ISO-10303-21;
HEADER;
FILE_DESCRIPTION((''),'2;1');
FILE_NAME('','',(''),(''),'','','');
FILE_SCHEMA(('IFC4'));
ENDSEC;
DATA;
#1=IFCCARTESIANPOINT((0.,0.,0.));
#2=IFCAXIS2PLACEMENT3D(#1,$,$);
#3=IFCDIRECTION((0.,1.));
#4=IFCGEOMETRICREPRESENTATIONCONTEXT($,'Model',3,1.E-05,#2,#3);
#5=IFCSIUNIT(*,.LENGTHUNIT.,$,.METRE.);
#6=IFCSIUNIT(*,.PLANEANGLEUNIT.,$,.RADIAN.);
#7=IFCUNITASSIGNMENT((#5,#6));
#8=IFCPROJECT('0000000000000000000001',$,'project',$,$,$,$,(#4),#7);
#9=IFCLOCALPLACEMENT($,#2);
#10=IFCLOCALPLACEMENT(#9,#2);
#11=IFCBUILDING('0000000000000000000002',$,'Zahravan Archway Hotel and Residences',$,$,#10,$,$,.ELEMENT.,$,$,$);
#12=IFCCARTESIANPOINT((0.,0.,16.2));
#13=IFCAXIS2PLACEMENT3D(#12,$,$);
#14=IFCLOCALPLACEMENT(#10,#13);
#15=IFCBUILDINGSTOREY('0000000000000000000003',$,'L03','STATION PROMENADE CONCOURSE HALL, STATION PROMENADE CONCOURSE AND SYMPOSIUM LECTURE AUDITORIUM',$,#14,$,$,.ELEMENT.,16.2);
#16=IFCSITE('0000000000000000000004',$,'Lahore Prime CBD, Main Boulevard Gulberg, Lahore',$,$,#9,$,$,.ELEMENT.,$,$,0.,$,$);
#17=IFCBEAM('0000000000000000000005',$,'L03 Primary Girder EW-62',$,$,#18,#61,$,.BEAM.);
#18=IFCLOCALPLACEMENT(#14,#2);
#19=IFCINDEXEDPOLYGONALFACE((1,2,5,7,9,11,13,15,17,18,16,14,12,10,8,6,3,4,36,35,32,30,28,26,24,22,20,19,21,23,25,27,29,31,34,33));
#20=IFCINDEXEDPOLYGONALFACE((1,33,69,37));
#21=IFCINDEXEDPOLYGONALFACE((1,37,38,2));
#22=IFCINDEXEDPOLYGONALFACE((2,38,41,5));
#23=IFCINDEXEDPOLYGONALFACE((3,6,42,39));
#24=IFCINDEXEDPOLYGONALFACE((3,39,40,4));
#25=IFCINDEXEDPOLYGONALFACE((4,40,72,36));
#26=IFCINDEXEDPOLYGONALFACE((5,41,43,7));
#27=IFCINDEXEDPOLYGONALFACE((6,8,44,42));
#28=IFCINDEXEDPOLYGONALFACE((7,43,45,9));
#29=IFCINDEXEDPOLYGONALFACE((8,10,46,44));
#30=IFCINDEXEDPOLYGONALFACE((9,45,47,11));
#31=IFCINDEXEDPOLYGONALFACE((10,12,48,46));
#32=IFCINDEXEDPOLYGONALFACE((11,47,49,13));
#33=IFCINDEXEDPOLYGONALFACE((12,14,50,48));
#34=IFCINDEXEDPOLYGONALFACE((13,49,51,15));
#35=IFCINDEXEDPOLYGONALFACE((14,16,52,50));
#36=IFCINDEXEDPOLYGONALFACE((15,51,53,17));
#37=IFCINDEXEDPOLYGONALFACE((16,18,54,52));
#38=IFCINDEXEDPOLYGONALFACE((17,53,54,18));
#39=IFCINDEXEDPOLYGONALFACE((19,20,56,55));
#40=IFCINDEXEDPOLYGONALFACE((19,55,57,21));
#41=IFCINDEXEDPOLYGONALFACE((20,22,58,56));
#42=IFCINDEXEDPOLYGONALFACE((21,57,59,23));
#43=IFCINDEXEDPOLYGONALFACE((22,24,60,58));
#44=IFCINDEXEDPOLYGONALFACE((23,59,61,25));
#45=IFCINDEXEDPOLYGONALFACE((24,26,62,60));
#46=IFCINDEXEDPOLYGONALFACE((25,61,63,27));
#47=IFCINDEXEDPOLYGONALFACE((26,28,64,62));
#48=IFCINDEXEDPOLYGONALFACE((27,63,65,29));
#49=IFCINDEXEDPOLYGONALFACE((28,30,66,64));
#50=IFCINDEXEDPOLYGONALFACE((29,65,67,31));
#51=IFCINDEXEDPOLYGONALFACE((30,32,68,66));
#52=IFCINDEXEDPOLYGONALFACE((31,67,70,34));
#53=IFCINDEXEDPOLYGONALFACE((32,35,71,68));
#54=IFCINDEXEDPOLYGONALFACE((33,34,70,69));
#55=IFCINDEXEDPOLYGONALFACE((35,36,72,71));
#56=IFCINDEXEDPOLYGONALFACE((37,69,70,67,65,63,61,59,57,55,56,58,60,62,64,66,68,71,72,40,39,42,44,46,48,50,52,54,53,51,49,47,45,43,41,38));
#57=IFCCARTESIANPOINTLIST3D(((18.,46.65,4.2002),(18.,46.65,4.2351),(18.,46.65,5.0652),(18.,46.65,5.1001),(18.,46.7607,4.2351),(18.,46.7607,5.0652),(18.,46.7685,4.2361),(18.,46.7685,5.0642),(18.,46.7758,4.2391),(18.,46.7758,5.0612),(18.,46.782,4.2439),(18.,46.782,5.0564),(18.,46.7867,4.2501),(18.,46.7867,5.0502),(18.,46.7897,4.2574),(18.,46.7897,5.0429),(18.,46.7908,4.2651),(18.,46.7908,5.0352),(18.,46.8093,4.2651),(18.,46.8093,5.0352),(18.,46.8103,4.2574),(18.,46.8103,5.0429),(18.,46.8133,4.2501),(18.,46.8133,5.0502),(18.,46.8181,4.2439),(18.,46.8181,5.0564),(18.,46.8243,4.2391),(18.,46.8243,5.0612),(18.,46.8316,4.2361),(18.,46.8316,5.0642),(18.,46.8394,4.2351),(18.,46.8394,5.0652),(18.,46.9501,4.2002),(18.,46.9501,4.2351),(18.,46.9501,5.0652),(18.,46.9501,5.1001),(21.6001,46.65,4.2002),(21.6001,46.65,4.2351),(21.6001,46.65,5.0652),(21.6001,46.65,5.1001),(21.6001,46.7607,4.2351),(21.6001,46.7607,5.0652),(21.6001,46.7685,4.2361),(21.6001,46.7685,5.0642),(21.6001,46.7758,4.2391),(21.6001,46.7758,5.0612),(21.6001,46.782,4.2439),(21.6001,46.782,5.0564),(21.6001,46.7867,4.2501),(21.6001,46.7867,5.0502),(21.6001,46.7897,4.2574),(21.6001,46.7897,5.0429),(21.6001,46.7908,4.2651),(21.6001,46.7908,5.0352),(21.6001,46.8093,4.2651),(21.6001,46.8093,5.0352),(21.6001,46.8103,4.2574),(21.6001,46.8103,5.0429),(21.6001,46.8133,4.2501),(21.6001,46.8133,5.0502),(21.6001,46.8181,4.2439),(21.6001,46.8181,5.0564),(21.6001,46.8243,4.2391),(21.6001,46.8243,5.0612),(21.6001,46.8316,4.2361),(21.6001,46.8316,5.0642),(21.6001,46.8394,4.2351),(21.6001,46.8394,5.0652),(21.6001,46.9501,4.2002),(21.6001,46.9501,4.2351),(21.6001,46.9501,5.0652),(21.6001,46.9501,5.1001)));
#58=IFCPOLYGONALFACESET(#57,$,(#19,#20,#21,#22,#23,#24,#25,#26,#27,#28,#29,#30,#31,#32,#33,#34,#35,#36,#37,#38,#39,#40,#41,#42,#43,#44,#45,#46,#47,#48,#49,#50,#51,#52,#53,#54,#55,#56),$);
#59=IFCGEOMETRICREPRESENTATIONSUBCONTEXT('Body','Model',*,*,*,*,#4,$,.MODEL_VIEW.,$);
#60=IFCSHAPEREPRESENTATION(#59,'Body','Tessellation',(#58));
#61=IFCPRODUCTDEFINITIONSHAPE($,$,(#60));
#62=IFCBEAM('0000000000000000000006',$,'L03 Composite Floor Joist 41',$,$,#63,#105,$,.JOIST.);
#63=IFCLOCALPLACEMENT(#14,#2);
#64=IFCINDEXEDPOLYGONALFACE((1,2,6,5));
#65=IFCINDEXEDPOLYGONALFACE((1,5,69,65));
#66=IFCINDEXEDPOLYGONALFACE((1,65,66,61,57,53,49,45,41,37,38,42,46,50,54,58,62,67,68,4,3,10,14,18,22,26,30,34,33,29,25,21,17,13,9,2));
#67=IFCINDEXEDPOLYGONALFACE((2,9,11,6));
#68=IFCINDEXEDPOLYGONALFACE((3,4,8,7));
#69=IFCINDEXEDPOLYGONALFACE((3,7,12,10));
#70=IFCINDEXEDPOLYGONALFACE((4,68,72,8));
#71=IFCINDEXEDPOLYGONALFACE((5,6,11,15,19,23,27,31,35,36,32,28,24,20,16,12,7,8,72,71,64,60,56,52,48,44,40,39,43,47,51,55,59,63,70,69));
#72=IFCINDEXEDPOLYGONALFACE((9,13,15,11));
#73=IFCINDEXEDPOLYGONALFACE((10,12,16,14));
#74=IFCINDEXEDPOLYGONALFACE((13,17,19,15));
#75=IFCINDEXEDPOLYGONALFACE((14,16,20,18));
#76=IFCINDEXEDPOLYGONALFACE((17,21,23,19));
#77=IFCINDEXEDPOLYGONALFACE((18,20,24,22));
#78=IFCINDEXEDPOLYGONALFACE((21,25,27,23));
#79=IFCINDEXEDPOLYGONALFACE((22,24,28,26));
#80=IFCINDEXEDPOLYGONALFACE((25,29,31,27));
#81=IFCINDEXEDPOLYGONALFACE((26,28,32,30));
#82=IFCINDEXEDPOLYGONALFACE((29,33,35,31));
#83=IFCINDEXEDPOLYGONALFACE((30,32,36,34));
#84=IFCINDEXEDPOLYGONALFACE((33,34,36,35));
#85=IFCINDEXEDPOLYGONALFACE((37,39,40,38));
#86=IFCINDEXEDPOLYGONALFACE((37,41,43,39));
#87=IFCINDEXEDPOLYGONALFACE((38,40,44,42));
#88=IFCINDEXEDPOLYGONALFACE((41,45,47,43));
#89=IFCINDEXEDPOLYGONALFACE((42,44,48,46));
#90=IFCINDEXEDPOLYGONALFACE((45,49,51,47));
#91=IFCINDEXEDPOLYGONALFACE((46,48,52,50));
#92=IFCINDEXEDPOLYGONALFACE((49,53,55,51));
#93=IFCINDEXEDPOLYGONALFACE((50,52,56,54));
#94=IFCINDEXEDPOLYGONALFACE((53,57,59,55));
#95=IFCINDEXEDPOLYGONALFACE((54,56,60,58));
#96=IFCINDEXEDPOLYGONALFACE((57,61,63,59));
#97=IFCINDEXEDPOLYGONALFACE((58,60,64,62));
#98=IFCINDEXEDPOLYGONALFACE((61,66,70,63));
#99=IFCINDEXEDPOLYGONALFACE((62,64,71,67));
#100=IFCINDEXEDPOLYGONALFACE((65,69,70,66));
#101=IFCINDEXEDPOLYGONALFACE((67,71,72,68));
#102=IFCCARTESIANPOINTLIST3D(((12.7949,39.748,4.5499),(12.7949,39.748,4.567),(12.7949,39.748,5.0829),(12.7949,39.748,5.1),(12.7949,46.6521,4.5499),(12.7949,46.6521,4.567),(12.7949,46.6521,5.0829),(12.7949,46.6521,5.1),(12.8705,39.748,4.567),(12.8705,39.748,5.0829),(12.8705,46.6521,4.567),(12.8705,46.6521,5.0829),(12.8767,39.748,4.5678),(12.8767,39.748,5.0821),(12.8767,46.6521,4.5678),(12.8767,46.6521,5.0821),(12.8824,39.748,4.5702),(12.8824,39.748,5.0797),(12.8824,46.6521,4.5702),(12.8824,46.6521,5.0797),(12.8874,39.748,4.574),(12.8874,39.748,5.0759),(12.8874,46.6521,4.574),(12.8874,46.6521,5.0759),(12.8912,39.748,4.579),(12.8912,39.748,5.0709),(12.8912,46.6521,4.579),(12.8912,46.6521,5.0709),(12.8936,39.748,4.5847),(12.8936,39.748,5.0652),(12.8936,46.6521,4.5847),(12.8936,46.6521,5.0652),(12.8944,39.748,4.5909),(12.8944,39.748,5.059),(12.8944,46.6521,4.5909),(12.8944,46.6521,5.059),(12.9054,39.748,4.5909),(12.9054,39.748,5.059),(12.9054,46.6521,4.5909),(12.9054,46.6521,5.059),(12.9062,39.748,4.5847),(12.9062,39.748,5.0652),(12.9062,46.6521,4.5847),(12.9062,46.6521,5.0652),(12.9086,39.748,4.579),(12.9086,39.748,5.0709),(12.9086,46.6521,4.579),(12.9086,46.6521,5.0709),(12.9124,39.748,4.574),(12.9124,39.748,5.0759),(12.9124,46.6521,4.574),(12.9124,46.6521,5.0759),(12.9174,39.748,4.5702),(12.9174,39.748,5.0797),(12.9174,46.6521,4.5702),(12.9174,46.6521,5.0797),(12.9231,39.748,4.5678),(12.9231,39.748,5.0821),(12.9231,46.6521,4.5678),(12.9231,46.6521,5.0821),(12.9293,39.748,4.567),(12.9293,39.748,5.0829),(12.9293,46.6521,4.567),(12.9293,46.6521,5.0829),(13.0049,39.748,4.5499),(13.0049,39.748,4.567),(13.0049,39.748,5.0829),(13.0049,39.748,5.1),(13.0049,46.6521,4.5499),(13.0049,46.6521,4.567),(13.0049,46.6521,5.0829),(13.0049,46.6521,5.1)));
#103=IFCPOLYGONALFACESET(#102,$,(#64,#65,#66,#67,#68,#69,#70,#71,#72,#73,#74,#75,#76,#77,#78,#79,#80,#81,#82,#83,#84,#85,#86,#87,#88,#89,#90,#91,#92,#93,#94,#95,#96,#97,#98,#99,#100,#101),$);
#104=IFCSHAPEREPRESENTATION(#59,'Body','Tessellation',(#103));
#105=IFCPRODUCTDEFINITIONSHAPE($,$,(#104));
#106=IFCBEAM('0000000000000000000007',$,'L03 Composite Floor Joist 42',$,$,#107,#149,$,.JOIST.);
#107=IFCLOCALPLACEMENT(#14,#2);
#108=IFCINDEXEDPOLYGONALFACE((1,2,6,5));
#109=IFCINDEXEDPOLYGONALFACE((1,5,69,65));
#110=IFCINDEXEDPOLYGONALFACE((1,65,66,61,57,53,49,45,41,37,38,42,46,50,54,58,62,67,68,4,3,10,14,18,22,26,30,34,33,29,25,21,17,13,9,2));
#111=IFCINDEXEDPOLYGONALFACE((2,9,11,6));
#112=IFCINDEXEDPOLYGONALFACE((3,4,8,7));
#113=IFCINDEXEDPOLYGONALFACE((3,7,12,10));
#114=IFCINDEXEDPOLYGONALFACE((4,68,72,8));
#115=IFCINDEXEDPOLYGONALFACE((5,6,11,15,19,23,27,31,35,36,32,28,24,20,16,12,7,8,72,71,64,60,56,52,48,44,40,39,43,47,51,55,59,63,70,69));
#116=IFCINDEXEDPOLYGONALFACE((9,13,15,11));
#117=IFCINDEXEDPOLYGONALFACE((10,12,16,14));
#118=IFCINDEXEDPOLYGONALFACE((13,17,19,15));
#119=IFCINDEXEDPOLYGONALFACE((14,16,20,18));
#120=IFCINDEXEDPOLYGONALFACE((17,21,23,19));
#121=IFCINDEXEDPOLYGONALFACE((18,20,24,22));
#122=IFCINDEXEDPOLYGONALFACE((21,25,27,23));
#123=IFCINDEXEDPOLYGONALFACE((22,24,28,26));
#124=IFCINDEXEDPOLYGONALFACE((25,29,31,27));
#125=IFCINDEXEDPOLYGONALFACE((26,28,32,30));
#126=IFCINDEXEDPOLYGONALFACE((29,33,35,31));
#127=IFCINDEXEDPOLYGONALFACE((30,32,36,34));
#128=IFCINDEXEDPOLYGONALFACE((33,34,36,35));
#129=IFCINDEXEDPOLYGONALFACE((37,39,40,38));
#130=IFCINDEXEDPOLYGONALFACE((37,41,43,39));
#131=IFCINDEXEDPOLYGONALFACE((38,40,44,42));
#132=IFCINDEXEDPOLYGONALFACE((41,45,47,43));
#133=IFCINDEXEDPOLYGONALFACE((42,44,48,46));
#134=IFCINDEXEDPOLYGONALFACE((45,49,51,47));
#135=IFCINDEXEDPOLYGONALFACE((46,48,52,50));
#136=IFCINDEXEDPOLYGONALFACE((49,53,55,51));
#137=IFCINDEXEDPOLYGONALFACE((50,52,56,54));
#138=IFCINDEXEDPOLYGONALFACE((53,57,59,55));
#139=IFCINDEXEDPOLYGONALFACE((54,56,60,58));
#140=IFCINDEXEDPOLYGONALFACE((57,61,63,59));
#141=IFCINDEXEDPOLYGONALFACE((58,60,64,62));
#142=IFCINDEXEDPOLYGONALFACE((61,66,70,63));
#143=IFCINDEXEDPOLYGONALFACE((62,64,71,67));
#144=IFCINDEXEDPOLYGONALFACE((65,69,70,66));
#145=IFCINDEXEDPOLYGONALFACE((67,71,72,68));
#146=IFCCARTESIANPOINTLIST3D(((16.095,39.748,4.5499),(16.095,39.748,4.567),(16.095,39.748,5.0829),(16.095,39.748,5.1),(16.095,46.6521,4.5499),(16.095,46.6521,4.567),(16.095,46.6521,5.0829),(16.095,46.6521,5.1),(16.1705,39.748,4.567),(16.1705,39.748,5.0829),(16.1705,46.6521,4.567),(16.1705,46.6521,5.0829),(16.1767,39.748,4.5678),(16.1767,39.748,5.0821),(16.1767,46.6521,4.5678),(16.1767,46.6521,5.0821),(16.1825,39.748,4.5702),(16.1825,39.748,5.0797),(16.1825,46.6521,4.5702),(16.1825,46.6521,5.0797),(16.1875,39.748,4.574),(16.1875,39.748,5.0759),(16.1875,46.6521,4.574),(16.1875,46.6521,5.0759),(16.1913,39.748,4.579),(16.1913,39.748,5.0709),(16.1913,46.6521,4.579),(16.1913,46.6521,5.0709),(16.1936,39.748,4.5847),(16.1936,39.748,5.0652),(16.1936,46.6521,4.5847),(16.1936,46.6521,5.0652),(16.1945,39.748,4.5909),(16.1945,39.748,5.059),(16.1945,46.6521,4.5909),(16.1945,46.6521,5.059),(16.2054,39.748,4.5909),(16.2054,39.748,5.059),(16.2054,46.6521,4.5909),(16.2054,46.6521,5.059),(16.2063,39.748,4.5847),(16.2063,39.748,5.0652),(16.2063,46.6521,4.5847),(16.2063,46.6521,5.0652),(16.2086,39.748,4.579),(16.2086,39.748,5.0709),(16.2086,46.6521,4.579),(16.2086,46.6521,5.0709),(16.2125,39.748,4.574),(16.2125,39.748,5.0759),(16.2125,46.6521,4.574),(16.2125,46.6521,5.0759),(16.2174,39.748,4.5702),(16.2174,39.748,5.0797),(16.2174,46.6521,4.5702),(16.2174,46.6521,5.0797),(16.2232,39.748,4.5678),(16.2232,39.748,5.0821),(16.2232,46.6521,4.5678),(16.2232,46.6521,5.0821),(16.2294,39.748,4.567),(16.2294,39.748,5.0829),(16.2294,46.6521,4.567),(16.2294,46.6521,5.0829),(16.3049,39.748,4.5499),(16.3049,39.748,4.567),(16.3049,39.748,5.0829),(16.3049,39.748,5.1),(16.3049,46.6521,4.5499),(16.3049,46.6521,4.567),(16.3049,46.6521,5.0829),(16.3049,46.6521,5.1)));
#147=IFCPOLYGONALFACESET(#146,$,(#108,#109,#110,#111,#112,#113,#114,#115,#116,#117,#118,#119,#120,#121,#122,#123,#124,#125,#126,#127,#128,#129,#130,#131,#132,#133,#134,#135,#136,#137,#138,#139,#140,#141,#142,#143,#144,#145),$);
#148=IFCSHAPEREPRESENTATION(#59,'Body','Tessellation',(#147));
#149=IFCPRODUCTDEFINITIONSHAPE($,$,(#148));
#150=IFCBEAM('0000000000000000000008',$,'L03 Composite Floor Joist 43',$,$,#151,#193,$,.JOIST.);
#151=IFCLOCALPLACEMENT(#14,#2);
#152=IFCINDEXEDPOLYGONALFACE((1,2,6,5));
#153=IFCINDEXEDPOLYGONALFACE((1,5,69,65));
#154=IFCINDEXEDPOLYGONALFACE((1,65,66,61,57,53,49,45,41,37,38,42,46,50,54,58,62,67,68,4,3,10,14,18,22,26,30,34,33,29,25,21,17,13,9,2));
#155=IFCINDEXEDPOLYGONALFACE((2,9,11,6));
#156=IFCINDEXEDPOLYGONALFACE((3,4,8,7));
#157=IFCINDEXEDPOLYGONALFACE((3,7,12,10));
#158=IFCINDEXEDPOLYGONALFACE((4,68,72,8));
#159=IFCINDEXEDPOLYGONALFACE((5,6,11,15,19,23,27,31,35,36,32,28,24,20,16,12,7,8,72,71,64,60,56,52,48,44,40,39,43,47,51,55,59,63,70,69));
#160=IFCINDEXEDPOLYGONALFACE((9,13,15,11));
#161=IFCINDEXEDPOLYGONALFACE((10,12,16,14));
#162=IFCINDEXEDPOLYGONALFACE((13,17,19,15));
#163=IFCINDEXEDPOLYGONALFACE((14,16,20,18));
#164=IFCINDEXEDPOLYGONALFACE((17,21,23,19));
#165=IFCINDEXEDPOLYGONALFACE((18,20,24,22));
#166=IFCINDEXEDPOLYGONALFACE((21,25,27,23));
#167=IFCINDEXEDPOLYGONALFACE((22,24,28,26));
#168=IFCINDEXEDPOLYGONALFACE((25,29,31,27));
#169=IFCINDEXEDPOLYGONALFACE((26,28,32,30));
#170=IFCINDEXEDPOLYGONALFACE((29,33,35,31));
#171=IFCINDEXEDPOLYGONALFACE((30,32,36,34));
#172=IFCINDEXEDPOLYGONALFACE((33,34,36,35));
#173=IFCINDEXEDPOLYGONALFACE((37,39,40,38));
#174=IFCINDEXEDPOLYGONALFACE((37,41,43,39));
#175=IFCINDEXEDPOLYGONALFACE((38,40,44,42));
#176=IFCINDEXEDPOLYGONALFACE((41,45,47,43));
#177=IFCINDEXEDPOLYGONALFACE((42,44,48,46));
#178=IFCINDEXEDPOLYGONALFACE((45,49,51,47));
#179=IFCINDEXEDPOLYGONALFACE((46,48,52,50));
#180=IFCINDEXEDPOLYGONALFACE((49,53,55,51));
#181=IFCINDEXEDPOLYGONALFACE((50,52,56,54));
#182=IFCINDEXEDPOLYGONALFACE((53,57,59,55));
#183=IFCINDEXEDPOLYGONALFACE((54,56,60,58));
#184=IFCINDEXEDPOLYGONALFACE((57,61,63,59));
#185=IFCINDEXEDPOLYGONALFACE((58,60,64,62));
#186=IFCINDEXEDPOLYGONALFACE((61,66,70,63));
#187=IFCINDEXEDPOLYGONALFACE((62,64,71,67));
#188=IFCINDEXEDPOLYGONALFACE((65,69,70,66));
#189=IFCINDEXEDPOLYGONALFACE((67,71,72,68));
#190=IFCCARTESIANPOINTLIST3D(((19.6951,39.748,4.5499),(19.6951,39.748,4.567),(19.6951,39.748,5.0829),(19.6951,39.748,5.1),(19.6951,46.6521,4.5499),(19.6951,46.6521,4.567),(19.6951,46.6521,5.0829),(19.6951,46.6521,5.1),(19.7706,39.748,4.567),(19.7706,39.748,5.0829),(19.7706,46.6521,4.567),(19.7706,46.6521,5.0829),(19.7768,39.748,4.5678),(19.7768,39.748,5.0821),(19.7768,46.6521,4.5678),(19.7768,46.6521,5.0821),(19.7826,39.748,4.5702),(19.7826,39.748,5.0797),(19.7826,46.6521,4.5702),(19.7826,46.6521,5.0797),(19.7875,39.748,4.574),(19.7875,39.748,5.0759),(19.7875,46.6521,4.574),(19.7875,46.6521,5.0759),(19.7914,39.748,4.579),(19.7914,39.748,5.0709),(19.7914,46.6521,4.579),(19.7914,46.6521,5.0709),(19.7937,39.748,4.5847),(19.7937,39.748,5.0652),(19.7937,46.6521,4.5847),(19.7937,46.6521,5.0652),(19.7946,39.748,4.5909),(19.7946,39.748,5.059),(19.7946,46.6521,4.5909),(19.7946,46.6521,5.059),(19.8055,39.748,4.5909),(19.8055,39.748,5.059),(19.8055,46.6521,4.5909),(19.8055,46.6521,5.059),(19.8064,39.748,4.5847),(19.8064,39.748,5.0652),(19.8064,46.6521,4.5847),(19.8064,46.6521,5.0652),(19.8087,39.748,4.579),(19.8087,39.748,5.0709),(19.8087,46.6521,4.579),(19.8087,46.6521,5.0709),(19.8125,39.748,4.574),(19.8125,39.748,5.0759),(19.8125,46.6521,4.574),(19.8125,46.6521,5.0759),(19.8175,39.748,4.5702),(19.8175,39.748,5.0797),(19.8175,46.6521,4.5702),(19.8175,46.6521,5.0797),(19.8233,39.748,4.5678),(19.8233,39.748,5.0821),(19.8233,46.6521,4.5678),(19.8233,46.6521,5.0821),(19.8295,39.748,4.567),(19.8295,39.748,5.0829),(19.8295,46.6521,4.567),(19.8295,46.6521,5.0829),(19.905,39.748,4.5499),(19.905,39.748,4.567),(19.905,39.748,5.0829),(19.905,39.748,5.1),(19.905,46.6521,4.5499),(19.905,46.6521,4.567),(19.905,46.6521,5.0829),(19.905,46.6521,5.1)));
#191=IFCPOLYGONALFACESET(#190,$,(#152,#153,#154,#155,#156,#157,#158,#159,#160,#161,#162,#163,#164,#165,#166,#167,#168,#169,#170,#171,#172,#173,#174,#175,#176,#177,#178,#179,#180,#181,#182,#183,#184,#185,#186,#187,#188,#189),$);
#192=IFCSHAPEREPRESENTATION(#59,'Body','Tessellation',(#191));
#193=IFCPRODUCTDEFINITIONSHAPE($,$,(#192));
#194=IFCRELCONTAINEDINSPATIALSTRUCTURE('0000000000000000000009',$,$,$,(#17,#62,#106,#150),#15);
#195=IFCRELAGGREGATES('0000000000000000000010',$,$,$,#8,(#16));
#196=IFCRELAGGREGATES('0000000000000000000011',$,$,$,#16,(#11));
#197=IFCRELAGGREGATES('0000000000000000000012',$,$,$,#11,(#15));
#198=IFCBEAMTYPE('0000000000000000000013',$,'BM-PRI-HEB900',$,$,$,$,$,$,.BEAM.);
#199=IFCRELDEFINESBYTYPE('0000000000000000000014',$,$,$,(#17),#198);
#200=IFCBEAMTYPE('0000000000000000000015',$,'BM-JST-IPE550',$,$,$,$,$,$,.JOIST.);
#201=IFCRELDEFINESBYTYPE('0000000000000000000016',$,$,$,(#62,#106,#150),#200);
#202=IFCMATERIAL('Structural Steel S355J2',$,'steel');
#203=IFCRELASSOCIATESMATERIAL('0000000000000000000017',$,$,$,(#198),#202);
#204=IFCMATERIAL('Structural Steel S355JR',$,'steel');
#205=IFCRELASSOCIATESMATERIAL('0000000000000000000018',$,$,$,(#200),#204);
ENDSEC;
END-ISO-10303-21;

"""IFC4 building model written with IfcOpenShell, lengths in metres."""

from ifc_helpers import new_model, si_unit, direction, frame, origin, origin_2d, place, context, subcontext, project, spatial, i_section, extrude, source, transform, mapped, material, material_profile, profile_set, type_object, type_shapes, element, save


model = new_model("IFC4")

# Units and contexts
model_context = context("Model", 3, precision=1e-05, world=origin(), true_north=direction((0.0, 1.0)))
body_context = subcontext(model_context, "Body", "Model", "MODEL_VIEW")
ifc_project = project(units=[si_unit("LENGTHUNIT", "METRE"), si_unit("PLANEANGLEUNIT", "RADIAN")], contexts=[model_context])

# Site, building, storey
site_placement = place(None, origin())
site = spatial("IfcSite", under=ifc_project, at=site_placement, Name="Lahore Prime CBD, Main Boulevard Gulberg, Lahore", CompositionType="ELEMENT", RefElevation=0.0)
building_placement = place(site_placement, origin())
building = spatial("IfcBuilding", under=site, at=building_placement, Name="Zahravan Archway Hotel and Residences", CompositionType="ELEMENT")
storey_placement = place(building_placement, frame((0.0, 0.0, 16.2)))
storey = spatial("IfcBuildingStorey", under=building, at=storey_placement, Name="L03", Description="STATION PROMENADE CONCOURSE HALL, STATION PROMENADE CONCOURSE AND SYMPOSIUM LECTURE AUDITORIUM", CompositionType="ELEMENT", Elevation=16.2)

# Beams
ifc_material_1 = material(Name="Structural Steel S355J2", Category="steel")
ifc_material_profile_1 = material_profile(ifc_material_1, i_section(OverallWidth=0.3, OverallDepth=0.8999, WebThickness=0.0186, FlangeThickness=0.0349, FilletRadius=0.03, at=origin_2d()), Name="HEB 900", Category="steel")
ifc_profile_set_1 = profile_set([ifc_material_profile_1], Name="Structural Steel S355J2")
beam_type_1 = type_object("IfcBeamType", Name="BM-PRI-HEB900", PredefinedType="BEAM", material=ifc_profile_set_1)
shared_shape_1 = source(origin(), body_context, "Body", "SweptSolid", [
    extrude(i_section(OverallWidth=0.3, OverallDepth=0.8999, WebThickness=0.0186, FlangeThickness=0.0349, FilletRadius=0.03, at=origin_2d()), origin(), (0.0, 0.0, 1.0), 3.6001),
])
for number, where, z_axis, x_axis, name in (
    (1, (18.0, 46.8, 4.6501), (1.0, 0.0, 0.0), (0.0, 1.0, 0.0), "L03 Primary Girder EW-62"),
):
    element("IfcBeam", number, at=place(storey_placement, frame(where, z_axis=z_axis, x_axis=x_axis)), inside=storey, type_object=beam_type_1, Name=name, PredefinedType="BEAM", context=body_context, shape_type="MappedRepresentation", body=[
        mapped(shared_shape_1, transform((0.0, 0.0, 0.0), scale=1.0)),
    ])
ifc_material_2 = material(Name="Structural Steel S355JR", Category="steel")
ifc_material_profile_2 = material_profile(ifc_material_2, i_section(OverallWidth=0.21, OverallDepth=0.55, WebThickness=0.011, FlangeThickness=0.0171, FilletRadius=0.0239, at=origin_2d()), Name="IPE 550", Category="steel")
ifc_profile_set_2 = profile_set([ifc_material_profile_2], Name="Structural Steel S355JR")
beam_type_2 = type_object("IfcBeamType", Name="BM-JST-IPE550", PredefinedType="JOIST", material=ifc_profile_set_2)
shared_shape_2 = source(origin(), body_context, "Body", "SweptSolid", [
    extrude(i_section(OverallWidth=0.21, OverallDepth=0.55, WebThickness=0.011, FlangeThickness=0.0171, FilletRadius=0.0239, at=origin_2d()), origin(), (0.0, 0.0, 1.0), 6.9041),
])
type_shapes(beam_type_2, [shared_shape_2])
for number, where, z_axis, x_axis, name in (
    (2, (12.8999, 39.748, 4.825), (0.0, 1.0, 0.0), (-1.0, 0.0, 0.0), "L03 Composite Floor Joist 41"),
    (3, (16.2, 39.748, 4.825), (0.0, 1.0, 0.0), (-1.0, 0.0, 0.0), "L03 Composite Floor Joist 42"),
    (4, (19.8, 39.748, 4.825), (0.0, 1.0, 0.0), (-1.0, 0.0, 0.0), "L03 Composite Floor Joist 43"),
):
    element("IfcBeam", number, at=place(storey_placement, frame(where, z_axis=z_axis, x_axis=x_axis)), inside=storey, type_object=beam_type_2, Name=name, PredefinedType="JOIST", context=body_context, shape_type="MappedRepresentation", body=[
        mapped(shared_shape_2, transform((0.0, 0.0, 0.0), scale=1.0)),
    ])

save(model, "model.ifc")
